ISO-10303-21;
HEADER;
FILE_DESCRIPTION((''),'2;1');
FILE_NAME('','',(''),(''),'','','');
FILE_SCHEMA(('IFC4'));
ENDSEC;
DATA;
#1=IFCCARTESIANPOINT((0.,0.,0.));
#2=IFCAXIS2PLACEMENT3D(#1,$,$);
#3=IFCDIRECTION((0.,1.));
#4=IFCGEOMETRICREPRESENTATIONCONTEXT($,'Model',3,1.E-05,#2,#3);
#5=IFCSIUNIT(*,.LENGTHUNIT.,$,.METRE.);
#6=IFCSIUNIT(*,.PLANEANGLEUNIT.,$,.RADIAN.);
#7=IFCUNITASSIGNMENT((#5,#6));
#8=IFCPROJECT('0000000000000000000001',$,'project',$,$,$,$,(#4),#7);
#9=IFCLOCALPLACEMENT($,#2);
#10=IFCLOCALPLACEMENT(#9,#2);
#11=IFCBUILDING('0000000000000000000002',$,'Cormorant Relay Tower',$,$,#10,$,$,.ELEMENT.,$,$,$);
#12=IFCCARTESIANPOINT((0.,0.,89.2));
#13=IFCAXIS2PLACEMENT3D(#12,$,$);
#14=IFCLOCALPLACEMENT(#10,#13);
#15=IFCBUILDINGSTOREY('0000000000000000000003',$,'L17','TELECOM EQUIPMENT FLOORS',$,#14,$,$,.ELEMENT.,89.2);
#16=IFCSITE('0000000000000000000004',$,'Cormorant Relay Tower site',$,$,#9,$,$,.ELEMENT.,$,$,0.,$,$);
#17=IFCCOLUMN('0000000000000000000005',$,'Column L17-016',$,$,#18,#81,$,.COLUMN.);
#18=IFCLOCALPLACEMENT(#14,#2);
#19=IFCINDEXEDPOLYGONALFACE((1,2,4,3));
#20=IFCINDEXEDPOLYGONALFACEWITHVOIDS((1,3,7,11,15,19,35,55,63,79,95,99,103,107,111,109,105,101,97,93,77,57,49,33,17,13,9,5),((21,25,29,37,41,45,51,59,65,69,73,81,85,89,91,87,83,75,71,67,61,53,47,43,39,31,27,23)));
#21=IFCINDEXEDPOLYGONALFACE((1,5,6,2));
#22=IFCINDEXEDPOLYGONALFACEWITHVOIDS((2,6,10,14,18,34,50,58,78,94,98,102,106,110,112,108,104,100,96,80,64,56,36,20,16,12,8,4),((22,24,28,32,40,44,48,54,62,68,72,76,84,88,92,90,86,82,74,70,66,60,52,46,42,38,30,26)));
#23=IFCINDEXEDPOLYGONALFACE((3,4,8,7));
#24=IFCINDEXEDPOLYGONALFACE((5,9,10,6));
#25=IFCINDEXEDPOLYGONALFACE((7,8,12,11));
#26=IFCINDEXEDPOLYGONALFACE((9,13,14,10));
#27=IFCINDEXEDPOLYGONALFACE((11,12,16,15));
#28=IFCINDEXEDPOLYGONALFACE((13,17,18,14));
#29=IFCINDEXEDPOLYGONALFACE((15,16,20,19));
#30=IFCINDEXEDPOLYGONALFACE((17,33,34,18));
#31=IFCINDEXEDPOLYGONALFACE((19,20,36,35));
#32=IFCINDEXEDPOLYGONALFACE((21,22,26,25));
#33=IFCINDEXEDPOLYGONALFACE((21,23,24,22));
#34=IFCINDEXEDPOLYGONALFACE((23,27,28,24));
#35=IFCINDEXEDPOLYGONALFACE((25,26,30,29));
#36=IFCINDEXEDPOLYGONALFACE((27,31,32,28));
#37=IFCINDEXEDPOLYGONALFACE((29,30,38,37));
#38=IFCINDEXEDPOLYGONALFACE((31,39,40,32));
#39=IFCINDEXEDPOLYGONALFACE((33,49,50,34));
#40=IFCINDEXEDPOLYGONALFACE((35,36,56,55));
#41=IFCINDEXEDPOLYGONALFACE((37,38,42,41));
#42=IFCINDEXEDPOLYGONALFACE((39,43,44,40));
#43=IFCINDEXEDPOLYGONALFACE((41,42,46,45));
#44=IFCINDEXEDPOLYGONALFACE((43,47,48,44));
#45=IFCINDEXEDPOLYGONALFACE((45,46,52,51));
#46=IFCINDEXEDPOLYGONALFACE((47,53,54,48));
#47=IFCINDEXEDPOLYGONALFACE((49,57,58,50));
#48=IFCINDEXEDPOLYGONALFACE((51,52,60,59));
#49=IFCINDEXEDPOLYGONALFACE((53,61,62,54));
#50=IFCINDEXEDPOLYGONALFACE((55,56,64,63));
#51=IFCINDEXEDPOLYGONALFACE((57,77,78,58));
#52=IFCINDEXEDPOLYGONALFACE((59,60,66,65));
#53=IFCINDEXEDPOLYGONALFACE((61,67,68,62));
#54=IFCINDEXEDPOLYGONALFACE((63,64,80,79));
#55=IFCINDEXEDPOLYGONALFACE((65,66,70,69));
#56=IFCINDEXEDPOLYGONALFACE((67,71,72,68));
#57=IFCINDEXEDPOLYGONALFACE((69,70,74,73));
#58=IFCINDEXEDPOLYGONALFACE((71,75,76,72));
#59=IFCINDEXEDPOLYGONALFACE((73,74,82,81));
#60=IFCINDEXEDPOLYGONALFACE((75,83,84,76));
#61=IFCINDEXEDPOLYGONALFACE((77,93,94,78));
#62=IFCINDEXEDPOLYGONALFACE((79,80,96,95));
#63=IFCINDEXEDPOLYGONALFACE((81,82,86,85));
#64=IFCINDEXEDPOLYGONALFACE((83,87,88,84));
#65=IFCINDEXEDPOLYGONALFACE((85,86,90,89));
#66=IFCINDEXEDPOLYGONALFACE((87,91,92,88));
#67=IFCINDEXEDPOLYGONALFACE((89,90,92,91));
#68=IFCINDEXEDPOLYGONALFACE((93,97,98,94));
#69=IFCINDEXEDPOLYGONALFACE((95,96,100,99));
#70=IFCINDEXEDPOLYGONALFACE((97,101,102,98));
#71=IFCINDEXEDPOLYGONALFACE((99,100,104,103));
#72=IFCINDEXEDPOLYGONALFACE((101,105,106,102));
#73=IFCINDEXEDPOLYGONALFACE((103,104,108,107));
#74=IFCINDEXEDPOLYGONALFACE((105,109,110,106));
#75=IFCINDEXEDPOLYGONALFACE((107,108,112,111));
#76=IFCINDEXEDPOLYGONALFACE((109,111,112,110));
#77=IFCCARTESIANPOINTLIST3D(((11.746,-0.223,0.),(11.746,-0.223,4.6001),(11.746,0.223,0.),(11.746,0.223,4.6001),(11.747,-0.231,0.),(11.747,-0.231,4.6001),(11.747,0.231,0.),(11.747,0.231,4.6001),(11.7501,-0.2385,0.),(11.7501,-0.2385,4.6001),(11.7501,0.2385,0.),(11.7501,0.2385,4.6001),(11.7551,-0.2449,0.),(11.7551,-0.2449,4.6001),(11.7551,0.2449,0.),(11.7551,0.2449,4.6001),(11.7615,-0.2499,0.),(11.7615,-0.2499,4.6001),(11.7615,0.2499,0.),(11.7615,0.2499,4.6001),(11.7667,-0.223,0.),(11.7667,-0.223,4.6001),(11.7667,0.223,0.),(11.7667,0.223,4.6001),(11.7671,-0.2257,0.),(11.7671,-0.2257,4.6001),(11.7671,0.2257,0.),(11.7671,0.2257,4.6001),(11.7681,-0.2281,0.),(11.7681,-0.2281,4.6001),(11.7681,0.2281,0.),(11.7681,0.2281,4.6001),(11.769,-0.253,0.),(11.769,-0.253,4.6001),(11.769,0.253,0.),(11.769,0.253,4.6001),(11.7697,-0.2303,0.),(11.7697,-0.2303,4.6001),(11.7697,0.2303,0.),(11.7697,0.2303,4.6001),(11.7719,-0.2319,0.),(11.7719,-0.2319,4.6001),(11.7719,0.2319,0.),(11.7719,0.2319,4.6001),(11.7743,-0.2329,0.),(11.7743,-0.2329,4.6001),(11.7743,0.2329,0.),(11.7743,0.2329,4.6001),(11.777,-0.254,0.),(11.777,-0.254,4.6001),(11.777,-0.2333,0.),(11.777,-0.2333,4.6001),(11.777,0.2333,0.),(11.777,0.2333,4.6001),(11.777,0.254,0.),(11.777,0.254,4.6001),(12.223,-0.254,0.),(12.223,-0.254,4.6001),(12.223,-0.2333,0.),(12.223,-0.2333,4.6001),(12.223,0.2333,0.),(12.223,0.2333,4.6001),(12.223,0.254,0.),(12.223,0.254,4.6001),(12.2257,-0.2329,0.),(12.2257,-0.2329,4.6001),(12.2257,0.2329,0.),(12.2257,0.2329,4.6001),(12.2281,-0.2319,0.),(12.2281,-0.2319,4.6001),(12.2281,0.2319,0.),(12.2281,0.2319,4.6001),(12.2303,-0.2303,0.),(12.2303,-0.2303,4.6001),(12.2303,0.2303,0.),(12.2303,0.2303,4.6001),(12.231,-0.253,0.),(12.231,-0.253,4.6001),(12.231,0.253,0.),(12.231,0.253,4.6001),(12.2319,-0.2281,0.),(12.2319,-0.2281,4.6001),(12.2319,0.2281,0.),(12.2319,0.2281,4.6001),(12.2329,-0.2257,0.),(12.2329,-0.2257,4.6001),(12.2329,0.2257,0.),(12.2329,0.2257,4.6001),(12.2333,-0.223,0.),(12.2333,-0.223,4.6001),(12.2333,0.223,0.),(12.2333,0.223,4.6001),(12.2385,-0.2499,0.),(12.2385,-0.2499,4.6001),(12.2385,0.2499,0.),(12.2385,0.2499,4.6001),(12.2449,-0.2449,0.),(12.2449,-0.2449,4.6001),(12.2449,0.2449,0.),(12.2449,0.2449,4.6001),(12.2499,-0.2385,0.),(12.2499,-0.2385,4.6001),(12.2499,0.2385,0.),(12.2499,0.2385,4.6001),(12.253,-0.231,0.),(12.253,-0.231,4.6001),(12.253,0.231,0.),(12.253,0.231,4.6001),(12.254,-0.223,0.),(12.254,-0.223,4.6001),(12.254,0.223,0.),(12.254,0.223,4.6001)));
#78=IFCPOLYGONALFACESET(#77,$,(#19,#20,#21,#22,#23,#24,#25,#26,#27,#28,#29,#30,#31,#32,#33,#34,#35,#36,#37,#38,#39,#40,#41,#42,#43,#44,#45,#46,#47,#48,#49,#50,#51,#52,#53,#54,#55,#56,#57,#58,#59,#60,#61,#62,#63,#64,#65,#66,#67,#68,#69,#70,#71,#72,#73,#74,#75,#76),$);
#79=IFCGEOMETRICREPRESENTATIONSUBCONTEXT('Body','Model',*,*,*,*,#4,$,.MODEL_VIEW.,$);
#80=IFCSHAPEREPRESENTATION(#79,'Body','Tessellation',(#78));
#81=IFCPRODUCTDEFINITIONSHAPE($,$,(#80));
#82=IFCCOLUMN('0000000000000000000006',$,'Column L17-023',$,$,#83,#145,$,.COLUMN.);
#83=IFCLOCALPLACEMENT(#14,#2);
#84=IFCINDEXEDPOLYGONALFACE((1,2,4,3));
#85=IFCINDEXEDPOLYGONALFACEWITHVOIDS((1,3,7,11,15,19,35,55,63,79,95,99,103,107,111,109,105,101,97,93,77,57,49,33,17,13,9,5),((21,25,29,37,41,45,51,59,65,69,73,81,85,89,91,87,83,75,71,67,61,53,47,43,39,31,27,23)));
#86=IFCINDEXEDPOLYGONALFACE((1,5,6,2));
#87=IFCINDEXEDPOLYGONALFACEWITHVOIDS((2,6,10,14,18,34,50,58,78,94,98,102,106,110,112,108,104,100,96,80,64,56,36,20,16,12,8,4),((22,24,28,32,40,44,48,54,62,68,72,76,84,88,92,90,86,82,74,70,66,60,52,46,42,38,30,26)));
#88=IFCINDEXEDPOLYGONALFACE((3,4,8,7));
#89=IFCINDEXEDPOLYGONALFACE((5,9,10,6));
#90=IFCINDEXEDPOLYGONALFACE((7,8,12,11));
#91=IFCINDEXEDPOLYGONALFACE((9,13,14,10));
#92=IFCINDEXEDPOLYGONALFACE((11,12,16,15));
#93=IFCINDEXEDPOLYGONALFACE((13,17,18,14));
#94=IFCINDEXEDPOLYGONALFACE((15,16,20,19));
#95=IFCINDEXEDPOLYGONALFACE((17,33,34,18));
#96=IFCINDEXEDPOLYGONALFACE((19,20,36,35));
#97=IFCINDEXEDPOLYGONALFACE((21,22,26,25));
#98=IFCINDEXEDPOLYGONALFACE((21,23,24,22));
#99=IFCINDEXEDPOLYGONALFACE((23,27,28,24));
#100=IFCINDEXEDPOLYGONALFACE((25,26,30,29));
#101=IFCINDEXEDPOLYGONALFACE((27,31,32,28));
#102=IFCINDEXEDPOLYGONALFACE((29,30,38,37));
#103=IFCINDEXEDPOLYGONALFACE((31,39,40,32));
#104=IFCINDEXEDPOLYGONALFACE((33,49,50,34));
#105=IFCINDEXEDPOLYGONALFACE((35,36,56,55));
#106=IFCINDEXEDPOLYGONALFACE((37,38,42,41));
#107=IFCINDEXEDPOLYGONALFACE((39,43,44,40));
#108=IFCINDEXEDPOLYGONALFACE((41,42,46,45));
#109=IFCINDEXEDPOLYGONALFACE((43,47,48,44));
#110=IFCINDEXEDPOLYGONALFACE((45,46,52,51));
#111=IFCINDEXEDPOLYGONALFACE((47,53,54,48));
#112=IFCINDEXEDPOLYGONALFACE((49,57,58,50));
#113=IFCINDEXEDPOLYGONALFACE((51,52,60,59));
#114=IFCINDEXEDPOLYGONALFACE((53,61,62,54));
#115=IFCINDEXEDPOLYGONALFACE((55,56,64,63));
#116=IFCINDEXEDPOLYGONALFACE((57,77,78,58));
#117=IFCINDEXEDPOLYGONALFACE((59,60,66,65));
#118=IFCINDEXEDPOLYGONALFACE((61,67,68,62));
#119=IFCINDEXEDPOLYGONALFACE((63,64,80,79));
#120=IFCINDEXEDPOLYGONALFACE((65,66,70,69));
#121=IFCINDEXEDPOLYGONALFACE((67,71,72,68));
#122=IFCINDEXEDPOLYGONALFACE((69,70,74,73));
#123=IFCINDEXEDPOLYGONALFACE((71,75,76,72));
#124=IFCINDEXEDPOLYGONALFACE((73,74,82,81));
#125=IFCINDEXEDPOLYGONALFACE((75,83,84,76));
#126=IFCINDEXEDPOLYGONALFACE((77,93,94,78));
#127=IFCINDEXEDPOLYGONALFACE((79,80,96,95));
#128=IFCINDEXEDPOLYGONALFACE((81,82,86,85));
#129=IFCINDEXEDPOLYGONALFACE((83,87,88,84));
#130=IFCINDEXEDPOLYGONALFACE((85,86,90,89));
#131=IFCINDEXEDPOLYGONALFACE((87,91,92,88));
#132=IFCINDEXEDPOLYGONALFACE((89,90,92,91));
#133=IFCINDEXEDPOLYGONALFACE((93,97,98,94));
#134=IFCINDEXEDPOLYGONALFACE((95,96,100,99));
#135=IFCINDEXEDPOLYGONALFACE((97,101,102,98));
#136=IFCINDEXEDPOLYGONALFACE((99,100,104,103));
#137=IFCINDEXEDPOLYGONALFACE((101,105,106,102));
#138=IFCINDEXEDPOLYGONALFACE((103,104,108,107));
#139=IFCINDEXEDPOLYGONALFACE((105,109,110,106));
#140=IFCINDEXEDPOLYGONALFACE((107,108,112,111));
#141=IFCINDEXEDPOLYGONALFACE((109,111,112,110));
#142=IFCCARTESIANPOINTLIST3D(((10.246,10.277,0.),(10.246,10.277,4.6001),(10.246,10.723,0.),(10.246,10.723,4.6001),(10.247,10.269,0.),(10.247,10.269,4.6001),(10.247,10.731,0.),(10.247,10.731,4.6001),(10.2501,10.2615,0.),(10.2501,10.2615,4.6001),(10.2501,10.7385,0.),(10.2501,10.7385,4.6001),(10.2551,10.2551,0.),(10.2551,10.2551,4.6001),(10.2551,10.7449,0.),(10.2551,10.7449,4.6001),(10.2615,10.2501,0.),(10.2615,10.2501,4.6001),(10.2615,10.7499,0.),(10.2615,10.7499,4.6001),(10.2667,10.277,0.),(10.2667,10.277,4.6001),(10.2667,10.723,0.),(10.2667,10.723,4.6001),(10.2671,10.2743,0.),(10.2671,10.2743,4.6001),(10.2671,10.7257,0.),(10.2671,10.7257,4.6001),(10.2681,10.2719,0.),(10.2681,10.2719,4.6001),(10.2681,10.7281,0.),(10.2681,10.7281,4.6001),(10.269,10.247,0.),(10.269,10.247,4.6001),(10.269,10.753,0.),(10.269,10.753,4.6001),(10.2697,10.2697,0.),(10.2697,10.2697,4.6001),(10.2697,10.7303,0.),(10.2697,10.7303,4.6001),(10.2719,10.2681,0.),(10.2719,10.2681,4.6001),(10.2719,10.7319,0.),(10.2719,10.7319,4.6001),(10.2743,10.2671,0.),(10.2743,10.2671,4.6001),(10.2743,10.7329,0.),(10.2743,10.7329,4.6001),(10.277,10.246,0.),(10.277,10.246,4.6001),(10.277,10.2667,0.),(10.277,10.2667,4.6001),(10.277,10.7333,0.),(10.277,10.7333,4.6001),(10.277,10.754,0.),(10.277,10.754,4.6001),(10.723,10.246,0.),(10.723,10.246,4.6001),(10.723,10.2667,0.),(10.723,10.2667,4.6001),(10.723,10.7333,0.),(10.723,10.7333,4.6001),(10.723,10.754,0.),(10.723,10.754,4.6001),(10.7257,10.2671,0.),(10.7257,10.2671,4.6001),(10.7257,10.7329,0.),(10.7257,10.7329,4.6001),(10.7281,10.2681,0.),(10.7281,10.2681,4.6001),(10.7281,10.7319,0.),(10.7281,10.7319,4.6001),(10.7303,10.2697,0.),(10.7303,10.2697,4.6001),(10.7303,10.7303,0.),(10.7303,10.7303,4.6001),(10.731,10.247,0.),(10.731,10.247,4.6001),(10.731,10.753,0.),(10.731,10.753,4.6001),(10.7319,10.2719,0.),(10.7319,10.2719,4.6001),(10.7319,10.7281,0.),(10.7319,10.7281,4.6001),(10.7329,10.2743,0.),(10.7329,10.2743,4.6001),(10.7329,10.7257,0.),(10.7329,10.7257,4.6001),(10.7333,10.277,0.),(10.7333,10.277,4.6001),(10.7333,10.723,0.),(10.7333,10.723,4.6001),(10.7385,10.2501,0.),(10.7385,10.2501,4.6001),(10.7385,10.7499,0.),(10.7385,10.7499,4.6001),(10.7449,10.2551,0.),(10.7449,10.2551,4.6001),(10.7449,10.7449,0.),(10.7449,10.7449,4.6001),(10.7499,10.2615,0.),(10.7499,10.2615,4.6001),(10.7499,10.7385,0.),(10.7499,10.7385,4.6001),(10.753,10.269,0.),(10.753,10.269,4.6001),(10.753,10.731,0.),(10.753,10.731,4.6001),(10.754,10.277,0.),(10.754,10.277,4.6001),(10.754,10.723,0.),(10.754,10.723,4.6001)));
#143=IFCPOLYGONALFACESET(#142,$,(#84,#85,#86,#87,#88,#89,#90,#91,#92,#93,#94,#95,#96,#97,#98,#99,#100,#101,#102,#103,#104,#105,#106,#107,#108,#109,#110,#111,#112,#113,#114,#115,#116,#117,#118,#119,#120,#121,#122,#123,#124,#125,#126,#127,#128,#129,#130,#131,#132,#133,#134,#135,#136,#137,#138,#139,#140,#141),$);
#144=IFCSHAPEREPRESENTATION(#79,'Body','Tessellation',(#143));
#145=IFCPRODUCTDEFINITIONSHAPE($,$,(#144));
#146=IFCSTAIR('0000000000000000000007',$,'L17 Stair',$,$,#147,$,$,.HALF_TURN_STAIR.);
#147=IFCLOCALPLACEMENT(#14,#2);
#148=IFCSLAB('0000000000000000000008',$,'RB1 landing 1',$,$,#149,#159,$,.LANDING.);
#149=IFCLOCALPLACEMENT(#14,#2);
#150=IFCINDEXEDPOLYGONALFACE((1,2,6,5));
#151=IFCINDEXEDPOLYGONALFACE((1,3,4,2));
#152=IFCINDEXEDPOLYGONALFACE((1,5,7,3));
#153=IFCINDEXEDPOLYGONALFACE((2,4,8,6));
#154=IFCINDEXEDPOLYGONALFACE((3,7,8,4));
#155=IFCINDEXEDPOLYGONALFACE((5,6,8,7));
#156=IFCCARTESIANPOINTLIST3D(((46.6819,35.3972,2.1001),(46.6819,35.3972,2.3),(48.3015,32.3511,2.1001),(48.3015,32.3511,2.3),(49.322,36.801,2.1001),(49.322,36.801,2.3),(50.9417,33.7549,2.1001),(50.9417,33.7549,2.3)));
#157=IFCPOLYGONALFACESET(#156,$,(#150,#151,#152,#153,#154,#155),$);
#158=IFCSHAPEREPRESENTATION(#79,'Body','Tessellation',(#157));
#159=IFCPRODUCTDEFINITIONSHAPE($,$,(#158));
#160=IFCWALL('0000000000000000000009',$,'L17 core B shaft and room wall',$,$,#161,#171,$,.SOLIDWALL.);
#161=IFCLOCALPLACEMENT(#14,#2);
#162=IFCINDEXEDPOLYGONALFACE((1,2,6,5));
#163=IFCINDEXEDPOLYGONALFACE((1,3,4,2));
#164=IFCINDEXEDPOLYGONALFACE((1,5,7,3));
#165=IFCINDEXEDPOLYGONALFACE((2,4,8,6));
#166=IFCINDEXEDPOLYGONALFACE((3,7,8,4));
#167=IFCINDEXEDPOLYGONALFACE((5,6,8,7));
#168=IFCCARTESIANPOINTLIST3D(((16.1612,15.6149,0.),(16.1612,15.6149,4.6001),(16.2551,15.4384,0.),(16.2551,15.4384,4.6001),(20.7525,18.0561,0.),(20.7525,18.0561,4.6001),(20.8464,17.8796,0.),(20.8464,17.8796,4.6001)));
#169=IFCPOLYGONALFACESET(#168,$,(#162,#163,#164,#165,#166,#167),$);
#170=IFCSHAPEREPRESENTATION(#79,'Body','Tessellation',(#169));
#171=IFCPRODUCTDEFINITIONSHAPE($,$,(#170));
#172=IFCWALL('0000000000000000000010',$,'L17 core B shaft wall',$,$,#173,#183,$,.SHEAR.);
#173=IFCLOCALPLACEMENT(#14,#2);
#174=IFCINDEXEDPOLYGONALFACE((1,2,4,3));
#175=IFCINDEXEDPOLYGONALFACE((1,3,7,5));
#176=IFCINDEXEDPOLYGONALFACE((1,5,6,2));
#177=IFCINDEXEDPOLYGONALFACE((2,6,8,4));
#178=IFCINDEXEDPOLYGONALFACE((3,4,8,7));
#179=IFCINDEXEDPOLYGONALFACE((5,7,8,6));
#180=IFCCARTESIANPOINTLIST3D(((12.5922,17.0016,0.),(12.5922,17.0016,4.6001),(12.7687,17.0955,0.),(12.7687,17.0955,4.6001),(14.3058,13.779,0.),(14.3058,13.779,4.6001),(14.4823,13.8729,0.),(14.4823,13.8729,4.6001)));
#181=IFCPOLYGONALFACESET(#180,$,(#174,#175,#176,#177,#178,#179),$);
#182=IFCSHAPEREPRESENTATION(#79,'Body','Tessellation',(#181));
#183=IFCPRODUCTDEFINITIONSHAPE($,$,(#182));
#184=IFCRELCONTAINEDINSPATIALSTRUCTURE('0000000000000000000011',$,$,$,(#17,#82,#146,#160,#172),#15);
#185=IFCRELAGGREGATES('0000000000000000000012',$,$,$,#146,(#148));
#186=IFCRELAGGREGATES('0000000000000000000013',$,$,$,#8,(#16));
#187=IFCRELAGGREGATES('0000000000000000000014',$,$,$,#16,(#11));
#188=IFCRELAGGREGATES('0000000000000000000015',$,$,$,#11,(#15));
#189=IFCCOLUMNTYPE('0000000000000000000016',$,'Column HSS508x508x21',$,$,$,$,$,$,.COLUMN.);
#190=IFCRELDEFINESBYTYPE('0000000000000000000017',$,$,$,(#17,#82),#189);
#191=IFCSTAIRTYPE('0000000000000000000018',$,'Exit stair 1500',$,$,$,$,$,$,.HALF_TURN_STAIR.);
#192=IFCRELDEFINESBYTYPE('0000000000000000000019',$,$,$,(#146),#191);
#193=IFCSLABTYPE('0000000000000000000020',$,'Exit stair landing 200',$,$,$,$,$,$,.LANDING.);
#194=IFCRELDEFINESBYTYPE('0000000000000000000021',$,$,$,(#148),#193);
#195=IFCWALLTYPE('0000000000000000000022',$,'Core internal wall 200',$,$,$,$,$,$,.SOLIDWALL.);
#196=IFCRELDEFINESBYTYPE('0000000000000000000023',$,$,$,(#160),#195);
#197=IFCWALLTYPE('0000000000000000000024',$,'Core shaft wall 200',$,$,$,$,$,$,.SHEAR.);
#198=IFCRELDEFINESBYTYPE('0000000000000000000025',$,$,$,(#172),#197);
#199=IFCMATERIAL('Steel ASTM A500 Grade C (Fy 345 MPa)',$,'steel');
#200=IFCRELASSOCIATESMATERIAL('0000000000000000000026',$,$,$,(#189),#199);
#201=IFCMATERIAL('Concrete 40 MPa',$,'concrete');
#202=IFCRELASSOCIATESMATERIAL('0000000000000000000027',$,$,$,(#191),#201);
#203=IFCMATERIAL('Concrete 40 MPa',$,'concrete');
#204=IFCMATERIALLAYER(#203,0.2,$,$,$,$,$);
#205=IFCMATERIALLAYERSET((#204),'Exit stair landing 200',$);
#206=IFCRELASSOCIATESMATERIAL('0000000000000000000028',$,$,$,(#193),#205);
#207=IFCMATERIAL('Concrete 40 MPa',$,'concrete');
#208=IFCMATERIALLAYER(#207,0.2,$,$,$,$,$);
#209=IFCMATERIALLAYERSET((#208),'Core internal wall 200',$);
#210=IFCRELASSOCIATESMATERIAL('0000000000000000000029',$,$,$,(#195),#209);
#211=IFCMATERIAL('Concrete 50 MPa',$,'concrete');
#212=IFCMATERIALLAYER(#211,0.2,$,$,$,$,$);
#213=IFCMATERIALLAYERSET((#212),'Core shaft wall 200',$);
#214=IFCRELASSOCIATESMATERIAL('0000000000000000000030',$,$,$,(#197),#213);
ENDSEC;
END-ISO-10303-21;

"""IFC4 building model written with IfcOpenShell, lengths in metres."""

from ifc_helpers import new_model, si_unit, direction, frame, frame_2d, origin, origin_2d, place, context, subcontext, project, spatial, polyline, rectangle, hollow_rectangle, outline, extrude, material, layer, layer_set, material_profile, profile_set, type_object, element, aggregate, save


model = new_model("IFC4")

# Units and contexts
model_context = context("Model", 3, precision=1e-05, world=origin(), true_north=direction((0.0, 1.0)))
body_context = subcontext(model_context, "Body", "Model", "MODEL_VIEW")
ifc_project = project(units=[si_unit("LENGTHUNIT", "METRE"), si_unit("PLANEANGLEUNIT", "RADIAN")], contexts=[model_context])

# Site, building, storey
site_placement = place(None, origin())
site = spatial("IfcSite", under=ifc_project, at=site_placement, Name="Cormorant Relay Tower site", CompositionType="ELEMENT", RefElevation=0.0)
building_placement = place(site_placement, origin())
building = spatial("IfcBuilding", under=site, at=building_placement, Name="Cormorant Relay Tower", CompositionType="ELEMENT")
storey_placement = place(building_placement, frame((0.0, 0.0, 89.2)))
storey = spatial("IfcBuildingStorey", under=building, at=storey_placement, Name="L17", Description="TELECOM EQUIPMENT FLOORS", CompositionType="ELEMENT", Elevation=89.2)

# Columns
ifc_material_1 = material(Name="Steel ASTM A500 Grade C (Fy 345 MPa)", Category="steel")
ifc_material_profile = material_profile(ifc_material_1, hollow_rectangle(XDim=0.5081, YDim=0.5081, WallThickness=0.0208, InnerFilletRadius=0.0103, OuterFilletRadius=0.031, at=origin_2d()), Name="HSS508x508x21")
ifc_profile_set = profile_set([ifc_material_profile], Name="Steel ASTM A500 Grade C (Fy 345 MPa)")
column_type = type_object("IfcColumnType", Name="Column HSS508x508x21", PredefinedType="COLUMN", material=ifc_profile_set)
for number, where, z_axis, x_axis, name in (
    (1, (12.0, 0.0, 0.0), (0.0, 0.0, 1.0), (1.0, 0.0, 0.0), "Column L17-016"),
    (2, (10.5, 10.5, 0.0), (0.0, 0.0, 1.0), (1.0, 0.0, 0.0), "Column L17-023"),
):
    element("IfcColumn", number, at=place(storey_placement, frame(where, z_axis=z_axis, x_axis=x_axis)), inside=storey, type_object=column_type, Name=name, PredefinedType="COLUMN", context=body_context, shape_type="SweptSolid", body=[
        extrude(hollow_rectangle(XDim=0.5081, YDim=0.5081, WallThickness=0.0208, InnerFilletRadius=0.0103, OuterFilletRadius=0.031, at=origin_2d()), origin(), (0.0, 0.0, 1.0), 4.6001),
    ])

# Stair, slab
ifc_material_2 = material(Name="Concrete 40 MPa", Category="concrete")
stair_type = type_object("IfcStairType", Name="Exit stair 1500", PredefinedType="HALF_TURN_STAIR", material=ifc_material_2)
stair_placement = place(storey_placement, origin())
stair = element("IfcStair", 3, at=stair_placement, inside=storey, type_object=stair_type, Name="L17 Stair", PredefinedType="HALF_TURN_STAIR")
ifc_material_3 = material(Name="Concrete 40 MPa", Category="concrete")
ifc_layer_1 = layer(ifc_material_3, 0.2)
ifc_layer_set_1 = layer_set([ifc_layer_1], Name="Exit stair landing 200")
slab_type = type_object("IfcSlabType", Name="Exit stair landing 200", PredefinedType="LANDING", material=ifc_layer_set_1)
slab_placement = place(storey_placement, frame((0.0, 0.0, 2.1001)))
slab = element("IfcSlab", 4, at=slab_placement, type_object=slab_type, Name="RB1 landing 1", PredefinedType="LANDING", context=body_context, shape_type="SweptSolid", body=[
    extrude(outline(polyline([(48.3015, 32.3511), (50.9417, 33.7549), (49.322, 36.801), (46.6819, 35.3972), (48.3015, 32.3511)])), origin(), (0.0, 0.0, 1.0), 0.2),
])
aggregate(stair, [slab])

# Walls
ifc_material_4 = material(Name="Concrete 40 MPa", Category="concrete")
ifc_layer_2 = layer(ifc_material_4, 0.2)
ifc_layer_set_2 = layer_set([ifc_layer_2], Name="Core internal wall 200")
wall_type_1 = type_object("IfcWallType", Name="Core internal wall 200", PredefinedType="SOLIDWALL", material=ifc_layer_set_2)
wall_1_placement = place(storey_placement, frame((16.208, 15.5266, 0.0), z_axis=(0.0, 0.0, 1.0), x_axis=(0.882954, 0.46946, 0.0)))
element("IfcWall", 5, at=wall_1_placement, inside=storey, type_object=wall_type_1, Name="L17 core B shaft and room wall", PredefinedType="SOLIDWALL", context=body_context, shape_type="SweptSolid", body=[
    extrude(rectangle(XDim=5.2, YDim=0.2, at=frame_2d((2.6001, 0.0))), origin(), (0.0, 0.0, 1.0), 4.6001),
])
ifc_material_5 = material(Name="Concrete 50 MPa", Category="concrete")
ifc_layer_3 = layer(ifc_material_5, 0.2)
ifc_layer_set_3 = layer_set([ifc_layer_3], Name="Core shaft wall 200")
wall_type_2 = type_object("IfcWallType", Name="Core shaft wall 200", PredefinedType="SHEAR", material=ifc_layer_set_3)
wall_2_placement = place(storey_placement, frame((14.394, 13.8259, 0.0), z_axis=(0.0, 0.0, 1.0), x_axis=(-0.469494, 0.882936, 0.0)))
element("IfcWall", 6, at=wall_2_placement, inside=storey, type_object=wall_type_2, Name="L17 core B shaft wall", PredefinedType="SHEAR", context=body_context, shape_type="SweptSolid", body=[
    extrude(rectangle(XDim=3.6499, YDim=0.2, at=frame_2d((1.825, 0.0))), origin(), (0.0, 0.0, 1.0), 4.6001),
])

save(model, "model.ifc")
